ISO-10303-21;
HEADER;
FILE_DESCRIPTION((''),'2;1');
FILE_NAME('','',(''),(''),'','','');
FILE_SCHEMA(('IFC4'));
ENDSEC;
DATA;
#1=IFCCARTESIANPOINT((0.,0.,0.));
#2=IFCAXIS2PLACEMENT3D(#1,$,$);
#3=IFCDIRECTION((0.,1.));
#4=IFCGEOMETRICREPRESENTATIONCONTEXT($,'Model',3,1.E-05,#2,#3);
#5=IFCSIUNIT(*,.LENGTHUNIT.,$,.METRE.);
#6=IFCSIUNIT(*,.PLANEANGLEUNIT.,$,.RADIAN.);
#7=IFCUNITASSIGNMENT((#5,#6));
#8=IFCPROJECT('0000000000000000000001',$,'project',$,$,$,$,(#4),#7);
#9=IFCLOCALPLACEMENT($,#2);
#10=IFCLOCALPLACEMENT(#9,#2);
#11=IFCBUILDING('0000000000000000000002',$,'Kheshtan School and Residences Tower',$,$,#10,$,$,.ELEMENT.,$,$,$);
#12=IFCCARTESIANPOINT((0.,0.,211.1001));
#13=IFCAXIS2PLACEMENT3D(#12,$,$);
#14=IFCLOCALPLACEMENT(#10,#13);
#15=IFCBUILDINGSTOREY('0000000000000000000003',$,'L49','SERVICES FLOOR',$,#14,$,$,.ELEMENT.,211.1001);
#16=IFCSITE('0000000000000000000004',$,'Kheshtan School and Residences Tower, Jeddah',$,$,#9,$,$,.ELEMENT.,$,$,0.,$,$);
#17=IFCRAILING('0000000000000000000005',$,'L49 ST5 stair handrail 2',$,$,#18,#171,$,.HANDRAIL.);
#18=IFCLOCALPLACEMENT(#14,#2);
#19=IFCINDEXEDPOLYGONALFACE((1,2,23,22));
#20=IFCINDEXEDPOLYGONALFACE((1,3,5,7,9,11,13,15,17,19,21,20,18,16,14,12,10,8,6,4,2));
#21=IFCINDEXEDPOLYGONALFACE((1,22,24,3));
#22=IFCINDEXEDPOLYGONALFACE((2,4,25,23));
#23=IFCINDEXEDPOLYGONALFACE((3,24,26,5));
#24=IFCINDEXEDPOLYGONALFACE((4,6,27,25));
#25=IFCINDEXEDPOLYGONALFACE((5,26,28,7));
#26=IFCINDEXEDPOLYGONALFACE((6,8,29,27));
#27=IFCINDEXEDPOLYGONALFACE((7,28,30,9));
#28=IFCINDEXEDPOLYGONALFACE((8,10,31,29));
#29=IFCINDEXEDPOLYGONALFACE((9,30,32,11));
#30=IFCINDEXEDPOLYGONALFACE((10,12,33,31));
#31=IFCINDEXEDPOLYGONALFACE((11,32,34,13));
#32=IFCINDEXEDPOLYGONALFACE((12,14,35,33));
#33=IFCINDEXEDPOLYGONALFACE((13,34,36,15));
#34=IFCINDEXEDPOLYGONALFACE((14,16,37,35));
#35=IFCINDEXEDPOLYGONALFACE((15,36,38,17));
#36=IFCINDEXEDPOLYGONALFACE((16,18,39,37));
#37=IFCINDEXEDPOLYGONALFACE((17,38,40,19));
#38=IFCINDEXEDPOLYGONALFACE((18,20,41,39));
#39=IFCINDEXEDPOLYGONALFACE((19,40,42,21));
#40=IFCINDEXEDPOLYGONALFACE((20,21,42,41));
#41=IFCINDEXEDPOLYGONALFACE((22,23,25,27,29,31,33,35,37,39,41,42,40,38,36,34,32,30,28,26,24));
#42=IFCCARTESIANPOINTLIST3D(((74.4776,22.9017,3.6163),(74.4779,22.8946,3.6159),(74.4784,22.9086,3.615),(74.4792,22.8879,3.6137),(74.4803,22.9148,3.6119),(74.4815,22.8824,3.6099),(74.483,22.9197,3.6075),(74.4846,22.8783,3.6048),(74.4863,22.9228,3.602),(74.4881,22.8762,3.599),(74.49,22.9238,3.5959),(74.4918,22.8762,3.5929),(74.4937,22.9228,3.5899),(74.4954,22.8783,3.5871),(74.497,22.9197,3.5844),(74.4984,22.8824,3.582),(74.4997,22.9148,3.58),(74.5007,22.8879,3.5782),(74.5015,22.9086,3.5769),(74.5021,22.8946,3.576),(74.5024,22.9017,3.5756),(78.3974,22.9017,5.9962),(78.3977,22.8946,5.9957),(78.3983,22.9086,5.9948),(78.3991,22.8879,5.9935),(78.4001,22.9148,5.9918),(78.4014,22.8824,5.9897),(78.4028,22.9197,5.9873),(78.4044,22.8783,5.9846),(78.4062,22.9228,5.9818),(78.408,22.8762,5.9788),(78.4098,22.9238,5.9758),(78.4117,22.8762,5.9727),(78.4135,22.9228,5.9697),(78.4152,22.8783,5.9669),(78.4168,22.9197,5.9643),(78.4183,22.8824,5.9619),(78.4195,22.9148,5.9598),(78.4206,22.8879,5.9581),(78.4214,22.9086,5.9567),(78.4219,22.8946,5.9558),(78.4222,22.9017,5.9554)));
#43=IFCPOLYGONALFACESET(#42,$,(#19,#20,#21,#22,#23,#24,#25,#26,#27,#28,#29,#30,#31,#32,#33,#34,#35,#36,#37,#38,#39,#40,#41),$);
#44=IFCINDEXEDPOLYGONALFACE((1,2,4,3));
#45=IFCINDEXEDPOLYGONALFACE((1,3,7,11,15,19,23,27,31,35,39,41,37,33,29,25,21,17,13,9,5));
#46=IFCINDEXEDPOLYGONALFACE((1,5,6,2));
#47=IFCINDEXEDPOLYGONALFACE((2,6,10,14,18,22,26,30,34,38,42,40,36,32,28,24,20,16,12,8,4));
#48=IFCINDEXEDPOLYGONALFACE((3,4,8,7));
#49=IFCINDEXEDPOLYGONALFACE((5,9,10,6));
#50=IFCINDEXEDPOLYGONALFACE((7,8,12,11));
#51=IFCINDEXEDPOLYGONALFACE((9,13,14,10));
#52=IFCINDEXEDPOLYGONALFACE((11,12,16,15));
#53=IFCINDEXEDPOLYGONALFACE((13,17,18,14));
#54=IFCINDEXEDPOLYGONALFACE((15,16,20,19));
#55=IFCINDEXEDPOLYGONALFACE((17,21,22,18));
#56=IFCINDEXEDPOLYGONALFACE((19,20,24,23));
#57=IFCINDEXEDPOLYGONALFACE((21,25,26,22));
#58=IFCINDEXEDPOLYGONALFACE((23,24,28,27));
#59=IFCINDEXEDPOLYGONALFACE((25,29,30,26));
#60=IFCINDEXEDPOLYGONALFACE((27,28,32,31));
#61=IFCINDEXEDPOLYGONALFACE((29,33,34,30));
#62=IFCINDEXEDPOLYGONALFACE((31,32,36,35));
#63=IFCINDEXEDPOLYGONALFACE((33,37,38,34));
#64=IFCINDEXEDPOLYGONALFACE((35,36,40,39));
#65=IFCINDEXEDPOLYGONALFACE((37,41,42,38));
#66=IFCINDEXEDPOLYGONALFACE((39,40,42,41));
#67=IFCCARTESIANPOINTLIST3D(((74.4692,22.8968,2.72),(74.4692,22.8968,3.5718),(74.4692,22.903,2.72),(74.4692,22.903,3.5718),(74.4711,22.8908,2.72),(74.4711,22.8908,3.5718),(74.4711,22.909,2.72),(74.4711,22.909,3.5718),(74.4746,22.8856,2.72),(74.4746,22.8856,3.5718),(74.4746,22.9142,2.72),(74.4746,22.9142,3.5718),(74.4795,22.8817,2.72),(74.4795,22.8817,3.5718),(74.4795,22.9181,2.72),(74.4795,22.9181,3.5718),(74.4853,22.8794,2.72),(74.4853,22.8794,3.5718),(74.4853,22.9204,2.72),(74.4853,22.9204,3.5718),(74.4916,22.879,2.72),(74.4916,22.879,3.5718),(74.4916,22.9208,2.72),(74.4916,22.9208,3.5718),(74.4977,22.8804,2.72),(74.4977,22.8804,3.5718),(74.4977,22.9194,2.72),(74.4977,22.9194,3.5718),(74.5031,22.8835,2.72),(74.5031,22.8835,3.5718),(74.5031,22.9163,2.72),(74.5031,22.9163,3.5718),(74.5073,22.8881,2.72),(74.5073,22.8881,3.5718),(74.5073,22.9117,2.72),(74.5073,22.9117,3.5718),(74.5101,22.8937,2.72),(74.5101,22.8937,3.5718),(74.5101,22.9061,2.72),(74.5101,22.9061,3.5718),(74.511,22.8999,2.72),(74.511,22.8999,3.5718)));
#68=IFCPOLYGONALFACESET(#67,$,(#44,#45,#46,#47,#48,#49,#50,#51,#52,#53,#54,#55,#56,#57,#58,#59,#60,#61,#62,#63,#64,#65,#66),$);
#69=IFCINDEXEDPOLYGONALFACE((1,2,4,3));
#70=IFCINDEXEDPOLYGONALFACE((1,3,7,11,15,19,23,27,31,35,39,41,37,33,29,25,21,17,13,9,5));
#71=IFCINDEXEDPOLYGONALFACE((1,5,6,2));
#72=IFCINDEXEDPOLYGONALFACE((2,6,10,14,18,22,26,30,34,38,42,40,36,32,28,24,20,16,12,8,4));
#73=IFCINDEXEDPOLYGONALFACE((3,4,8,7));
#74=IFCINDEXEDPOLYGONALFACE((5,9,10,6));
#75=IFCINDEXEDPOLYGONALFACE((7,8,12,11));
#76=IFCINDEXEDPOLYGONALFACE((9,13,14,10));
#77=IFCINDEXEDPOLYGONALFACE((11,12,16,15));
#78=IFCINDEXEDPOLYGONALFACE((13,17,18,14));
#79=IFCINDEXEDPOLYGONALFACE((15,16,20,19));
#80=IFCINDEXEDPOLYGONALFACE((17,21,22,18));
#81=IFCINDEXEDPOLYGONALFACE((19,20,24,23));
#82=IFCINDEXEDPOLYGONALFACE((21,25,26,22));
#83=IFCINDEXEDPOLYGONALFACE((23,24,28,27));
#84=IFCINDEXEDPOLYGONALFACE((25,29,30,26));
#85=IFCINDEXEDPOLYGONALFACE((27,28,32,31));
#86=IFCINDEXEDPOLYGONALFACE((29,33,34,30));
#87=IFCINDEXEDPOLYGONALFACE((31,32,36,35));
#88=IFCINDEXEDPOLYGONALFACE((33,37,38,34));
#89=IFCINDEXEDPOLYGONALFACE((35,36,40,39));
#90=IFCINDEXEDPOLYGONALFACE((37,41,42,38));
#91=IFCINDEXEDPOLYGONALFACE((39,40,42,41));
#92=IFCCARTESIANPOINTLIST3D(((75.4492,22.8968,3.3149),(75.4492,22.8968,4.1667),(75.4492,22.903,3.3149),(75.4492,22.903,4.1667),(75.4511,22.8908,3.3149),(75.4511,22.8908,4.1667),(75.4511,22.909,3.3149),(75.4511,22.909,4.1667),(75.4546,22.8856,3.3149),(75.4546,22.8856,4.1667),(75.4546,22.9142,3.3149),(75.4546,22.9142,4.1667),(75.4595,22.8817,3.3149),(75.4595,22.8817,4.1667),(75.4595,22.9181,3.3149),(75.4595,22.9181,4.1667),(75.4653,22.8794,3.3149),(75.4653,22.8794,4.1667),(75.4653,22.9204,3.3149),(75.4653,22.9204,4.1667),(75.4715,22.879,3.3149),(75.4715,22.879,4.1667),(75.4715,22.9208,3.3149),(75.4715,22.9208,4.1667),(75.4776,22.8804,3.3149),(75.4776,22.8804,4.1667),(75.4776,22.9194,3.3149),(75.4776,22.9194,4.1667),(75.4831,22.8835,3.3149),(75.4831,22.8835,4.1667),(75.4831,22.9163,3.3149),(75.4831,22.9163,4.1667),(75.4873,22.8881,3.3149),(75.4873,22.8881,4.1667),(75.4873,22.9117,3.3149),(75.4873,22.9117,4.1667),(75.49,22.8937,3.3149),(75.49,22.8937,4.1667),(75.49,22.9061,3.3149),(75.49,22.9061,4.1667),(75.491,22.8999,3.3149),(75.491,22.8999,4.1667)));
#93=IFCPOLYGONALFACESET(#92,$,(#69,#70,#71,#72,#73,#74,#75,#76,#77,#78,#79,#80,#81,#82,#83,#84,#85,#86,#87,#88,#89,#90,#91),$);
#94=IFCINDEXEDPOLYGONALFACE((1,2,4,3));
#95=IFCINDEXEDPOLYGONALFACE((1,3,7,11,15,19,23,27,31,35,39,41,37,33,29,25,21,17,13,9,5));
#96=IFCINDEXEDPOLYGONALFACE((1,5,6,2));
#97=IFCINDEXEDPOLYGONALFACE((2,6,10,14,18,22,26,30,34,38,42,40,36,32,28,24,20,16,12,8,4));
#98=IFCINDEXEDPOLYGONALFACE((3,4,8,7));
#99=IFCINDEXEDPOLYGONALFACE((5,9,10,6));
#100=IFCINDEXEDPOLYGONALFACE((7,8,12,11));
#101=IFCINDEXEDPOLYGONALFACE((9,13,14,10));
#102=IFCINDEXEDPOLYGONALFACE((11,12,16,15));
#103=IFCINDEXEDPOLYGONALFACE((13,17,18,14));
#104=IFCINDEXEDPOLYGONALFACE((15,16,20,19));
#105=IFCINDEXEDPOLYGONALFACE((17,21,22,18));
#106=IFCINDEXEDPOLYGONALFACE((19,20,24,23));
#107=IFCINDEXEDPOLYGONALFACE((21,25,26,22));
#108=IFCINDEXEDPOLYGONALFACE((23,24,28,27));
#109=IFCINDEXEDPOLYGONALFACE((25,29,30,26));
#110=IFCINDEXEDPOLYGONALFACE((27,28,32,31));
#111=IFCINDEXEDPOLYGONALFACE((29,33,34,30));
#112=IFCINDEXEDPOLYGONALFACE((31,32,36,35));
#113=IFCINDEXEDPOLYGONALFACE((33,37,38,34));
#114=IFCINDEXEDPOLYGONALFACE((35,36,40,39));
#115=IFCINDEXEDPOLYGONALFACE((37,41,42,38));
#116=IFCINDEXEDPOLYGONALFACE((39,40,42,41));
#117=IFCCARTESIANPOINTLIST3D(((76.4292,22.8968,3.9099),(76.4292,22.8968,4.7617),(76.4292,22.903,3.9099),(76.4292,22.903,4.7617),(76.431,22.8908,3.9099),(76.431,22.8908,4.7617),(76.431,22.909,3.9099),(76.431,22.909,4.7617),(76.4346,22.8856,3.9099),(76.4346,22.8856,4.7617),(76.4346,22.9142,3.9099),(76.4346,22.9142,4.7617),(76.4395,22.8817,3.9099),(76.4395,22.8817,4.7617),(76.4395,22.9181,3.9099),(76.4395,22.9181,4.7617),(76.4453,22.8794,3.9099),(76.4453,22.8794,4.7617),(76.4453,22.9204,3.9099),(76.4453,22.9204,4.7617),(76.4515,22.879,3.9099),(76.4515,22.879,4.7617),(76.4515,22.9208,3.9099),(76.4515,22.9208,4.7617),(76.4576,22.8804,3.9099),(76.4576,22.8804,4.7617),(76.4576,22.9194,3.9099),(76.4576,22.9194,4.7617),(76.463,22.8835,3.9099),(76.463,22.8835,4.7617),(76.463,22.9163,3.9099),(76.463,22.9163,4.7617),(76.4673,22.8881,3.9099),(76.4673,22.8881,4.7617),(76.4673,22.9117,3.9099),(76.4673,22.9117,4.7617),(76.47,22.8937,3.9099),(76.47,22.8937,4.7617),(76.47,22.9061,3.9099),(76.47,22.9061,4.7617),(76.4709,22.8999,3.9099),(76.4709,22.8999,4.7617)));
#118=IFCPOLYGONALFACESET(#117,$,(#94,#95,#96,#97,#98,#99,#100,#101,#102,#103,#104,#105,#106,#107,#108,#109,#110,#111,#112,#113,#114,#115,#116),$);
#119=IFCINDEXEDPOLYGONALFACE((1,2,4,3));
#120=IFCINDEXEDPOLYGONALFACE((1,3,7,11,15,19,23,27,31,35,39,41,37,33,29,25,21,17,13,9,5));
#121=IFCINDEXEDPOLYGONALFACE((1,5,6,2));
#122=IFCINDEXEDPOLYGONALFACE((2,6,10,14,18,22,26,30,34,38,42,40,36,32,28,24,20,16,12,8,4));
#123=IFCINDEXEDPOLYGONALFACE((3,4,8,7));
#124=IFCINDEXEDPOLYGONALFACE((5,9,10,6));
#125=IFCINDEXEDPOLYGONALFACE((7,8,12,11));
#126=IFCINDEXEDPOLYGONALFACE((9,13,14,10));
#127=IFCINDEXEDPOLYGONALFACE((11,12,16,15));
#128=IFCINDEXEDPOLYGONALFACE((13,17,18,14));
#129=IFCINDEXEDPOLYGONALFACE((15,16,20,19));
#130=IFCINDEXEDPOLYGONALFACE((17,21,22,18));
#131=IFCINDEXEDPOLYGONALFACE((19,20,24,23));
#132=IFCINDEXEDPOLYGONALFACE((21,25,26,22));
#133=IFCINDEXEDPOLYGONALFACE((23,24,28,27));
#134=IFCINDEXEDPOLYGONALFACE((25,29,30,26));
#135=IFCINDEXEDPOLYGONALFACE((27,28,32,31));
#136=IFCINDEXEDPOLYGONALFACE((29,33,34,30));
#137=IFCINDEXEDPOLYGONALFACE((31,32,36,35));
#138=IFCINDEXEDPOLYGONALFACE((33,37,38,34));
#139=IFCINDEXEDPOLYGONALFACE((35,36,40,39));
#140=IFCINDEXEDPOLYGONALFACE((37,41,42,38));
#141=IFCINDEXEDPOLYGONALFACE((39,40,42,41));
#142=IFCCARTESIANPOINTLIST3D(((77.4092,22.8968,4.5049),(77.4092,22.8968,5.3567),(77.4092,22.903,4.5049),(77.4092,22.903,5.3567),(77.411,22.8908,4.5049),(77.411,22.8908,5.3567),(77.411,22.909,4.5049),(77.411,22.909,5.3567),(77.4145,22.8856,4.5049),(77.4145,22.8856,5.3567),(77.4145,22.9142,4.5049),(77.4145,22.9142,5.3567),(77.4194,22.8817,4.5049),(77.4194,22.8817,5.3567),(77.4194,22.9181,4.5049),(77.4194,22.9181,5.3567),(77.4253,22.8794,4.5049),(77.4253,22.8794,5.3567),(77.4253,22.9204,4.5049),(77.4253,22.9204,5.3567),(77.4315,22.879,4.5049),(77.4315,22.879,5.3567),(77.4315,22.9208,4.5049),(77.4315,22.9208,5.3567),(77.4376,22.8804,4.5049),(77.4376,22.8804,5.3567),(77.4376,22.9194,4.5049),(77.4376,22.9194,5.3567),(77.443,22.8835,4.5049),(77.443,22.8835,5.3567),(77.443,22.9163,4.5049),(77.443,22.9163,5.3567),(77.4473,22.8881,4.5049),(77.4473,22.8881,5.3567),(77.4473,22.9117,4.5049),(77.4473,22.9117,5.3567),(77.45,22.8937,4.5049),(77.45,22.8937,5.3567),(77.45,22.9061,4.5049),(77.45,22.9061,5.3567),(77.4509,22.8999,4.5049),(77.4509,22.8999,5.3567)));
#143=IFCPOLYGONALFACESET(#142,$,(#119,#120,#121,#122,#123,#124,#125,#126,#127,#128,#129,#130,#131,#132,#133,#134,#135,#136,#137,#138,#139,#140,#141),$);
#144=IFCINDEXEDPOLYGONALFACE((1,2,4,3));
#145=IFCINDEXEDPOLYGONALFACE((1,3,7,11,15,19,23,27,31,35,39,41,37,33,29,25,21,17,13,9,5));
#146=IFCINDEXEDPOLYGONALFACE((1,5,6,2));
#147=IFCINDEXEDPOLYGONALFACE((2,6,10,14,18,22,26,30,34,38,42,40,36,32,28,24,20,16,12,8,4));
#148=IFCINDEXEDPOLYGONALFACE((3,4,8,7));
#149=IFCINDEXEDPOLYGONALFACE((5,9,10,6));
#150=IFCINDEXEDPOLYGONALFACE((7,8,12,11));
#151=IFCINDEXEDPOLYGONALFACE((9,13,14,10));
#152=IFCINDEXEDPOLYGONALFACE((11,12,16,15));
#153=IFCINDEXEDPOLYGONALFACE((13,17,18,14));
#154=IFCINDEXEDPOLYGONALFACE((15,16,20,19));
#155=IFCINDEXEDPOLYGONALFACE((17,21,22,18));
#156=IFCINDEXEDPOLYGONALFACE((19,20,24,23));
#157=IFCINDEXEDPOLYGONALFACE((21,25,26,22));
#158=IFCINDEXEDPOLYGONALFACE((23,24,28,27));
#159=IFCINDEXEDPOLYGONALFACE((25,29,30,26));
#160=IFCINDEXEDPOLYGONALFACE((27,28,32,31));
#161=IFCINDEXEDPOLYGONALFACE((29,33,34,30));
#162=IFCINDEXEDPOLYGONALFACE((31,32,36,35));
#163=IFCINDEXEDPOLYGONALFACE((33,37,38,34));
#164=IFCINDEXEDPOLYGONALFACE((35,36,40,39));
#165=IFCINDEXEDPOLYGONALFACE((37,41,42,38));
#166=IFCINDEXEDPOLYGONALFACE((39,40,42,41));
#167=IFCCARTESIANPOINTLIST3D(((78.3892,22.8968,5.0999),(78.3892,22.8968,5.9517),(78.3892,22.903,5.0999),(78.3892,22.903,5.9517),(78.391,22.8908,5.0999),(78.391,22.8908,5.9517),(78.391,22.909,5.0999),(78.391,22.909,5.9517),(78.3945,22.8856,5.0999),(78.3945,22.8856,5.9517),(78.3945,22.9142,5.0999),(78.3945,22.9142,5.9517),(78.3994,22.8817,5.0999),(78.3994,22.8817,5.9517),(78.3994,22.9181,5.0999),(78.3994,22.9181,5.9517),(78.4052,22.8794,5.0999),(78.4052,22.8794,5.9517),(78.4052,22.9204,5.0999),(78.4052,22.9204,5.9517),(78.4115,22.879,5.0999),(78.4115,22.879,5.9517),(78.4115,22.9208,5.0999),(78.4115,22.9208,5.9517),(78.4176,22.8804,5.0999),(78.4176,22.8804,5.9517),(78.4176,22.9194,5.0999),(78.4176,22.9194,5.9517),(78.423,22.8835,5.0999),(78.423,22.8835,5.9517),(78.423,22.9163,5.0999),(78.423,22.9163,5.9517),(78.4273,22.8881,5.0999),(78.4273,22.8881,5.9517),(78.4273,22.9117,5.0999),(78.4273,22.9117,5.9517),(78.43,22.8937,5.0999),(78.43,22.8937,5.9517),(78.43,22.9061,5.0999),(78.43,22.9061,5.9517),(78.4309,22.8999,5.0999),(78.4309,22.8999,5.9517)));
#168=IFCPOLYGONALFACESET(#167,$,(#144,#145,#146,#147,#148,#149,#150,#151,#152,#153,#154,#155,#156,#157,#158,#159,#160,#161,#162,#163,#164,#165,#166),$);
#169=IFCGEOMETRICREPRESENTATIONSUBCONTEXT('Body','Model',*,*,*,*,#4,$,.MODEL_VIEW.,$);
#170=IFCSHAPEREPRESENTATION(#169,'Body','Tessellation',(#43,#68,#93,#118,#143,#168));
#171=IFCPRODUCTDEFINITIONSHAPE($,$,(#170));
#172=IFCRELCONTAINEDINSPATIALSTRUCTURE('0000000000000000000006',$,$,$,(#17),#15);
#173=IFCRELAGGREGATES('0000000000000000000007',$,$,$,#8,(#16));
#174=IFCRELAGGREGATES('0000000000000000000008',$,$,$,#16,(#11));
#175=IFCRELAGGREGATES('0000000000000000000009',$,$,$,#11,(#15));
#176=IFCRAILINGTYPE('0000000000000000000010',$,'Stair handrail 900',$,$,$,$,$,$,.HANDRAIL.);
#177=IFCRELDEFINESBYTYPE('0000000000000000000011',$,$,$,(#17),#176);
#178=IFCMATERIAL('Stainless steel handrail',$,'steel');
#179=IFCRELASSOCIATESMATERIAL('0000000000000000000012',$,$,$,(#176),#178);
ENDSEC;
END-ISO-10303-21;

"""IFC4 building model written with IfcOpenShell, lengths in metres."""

from ifc_helpers import new_model, si_unit, direction, frame, origin, origin_2d, place, context, subcontext, project, spatial, circle, extrude, material, type_object, element, save


model = new_model("IFC4")

# Units and contexts
model_context = context("Model", 3, precision=1e-05, world=origin(), true_north=direction((0.0, 1.0)))
body_context = subcontext(model_context, "Body", "Model", "MODEL_VIEW")
ifc_project = project(units=[si_unit("LENGTHUNIT", "METRE"), si_unit("PLANEANGLEUNIT", "RADIAN")], contexts=[model_context])

# Site, building, storey
site_placement = place(None, origin())
site = spatial("IfcSite", under=ifc_project, at=site_placement, Name="Kheshtan School and Residences Tower, Jeddah", CompositionType="ELEMENT", RefElevation=0.0)
building_placement = place(site_placement, origin())
building = spatial("IfcBuilding", under=site, at=building_placement, Name="Kheshtan School and Residences Tower", CompositionType="ELEMENT")
storey_placement = place(building_placement, frame((0.0, 0.0, 211.1001)))
storey = spatial("IfcBuildingStorey", under=building, at=storey_placement, Name="L49", Description="SERVICES FLOOR", CompositionType="ELEMENT", Elevation=211.1001)

# Railing
ifc_material_1 = material(Name="Stainless steel handrail", Category="steel")
railing_type_1 = type_object("IfcRailingType", Name="Stair handrail 900", PredefinedType="HANDRAIL", material=ifc_material_1)
railing_1_placement = place(storey_placement, frame((74.49, 22.8999, 2.72)))
element("IfcRailing", 1, at=railing_1_placement, inside=storey, type_object=railing_type_1, Name="L49 ST5 stair handrail 2", PredefinedType="HANDRAIL", context=body_context, shape_type="SweptSolid", body=[
    extrude(circle(Radius=0.0239, at=origin_2d()), frame((0.0, 0.0, 0.876), z_axis=(0.854794, 0.0, 0.518967), x_axis=(0.0, 1.0, 0.0)), (0.0, 0.0, 1.0), 4.5857),
    extrude(circle(Radius=0.021, at=origin_2d()), origin(), (0.0, 0.0, 1.0), 0.8518),
    extrude(circle(Radius=0.021, at=origin_2d()), frame((0.98, 0.0, 0.595)), (0.0, 0.0, 1.0), 0.8518),
    extrude(circle(Radius=0.021, at=origin_2d()), frame((1.96, 0.0, 1.1899)), (0.0, 0.0, 1.0), 0.8518),
    extrude(circle(Radius=0.021, at=origin_2d()), frame((2.9399, 0.0, 1.7849)), (0.0, 0.0, 1.0), 0.8518),
    extrude(circle(Radius=0.021, at=origin_2d()), frame((3.9199, 0.0, 2.3799)), (0.0, 0.0, 1.0), 0.8518),
])

save(model, "model.ifc")
